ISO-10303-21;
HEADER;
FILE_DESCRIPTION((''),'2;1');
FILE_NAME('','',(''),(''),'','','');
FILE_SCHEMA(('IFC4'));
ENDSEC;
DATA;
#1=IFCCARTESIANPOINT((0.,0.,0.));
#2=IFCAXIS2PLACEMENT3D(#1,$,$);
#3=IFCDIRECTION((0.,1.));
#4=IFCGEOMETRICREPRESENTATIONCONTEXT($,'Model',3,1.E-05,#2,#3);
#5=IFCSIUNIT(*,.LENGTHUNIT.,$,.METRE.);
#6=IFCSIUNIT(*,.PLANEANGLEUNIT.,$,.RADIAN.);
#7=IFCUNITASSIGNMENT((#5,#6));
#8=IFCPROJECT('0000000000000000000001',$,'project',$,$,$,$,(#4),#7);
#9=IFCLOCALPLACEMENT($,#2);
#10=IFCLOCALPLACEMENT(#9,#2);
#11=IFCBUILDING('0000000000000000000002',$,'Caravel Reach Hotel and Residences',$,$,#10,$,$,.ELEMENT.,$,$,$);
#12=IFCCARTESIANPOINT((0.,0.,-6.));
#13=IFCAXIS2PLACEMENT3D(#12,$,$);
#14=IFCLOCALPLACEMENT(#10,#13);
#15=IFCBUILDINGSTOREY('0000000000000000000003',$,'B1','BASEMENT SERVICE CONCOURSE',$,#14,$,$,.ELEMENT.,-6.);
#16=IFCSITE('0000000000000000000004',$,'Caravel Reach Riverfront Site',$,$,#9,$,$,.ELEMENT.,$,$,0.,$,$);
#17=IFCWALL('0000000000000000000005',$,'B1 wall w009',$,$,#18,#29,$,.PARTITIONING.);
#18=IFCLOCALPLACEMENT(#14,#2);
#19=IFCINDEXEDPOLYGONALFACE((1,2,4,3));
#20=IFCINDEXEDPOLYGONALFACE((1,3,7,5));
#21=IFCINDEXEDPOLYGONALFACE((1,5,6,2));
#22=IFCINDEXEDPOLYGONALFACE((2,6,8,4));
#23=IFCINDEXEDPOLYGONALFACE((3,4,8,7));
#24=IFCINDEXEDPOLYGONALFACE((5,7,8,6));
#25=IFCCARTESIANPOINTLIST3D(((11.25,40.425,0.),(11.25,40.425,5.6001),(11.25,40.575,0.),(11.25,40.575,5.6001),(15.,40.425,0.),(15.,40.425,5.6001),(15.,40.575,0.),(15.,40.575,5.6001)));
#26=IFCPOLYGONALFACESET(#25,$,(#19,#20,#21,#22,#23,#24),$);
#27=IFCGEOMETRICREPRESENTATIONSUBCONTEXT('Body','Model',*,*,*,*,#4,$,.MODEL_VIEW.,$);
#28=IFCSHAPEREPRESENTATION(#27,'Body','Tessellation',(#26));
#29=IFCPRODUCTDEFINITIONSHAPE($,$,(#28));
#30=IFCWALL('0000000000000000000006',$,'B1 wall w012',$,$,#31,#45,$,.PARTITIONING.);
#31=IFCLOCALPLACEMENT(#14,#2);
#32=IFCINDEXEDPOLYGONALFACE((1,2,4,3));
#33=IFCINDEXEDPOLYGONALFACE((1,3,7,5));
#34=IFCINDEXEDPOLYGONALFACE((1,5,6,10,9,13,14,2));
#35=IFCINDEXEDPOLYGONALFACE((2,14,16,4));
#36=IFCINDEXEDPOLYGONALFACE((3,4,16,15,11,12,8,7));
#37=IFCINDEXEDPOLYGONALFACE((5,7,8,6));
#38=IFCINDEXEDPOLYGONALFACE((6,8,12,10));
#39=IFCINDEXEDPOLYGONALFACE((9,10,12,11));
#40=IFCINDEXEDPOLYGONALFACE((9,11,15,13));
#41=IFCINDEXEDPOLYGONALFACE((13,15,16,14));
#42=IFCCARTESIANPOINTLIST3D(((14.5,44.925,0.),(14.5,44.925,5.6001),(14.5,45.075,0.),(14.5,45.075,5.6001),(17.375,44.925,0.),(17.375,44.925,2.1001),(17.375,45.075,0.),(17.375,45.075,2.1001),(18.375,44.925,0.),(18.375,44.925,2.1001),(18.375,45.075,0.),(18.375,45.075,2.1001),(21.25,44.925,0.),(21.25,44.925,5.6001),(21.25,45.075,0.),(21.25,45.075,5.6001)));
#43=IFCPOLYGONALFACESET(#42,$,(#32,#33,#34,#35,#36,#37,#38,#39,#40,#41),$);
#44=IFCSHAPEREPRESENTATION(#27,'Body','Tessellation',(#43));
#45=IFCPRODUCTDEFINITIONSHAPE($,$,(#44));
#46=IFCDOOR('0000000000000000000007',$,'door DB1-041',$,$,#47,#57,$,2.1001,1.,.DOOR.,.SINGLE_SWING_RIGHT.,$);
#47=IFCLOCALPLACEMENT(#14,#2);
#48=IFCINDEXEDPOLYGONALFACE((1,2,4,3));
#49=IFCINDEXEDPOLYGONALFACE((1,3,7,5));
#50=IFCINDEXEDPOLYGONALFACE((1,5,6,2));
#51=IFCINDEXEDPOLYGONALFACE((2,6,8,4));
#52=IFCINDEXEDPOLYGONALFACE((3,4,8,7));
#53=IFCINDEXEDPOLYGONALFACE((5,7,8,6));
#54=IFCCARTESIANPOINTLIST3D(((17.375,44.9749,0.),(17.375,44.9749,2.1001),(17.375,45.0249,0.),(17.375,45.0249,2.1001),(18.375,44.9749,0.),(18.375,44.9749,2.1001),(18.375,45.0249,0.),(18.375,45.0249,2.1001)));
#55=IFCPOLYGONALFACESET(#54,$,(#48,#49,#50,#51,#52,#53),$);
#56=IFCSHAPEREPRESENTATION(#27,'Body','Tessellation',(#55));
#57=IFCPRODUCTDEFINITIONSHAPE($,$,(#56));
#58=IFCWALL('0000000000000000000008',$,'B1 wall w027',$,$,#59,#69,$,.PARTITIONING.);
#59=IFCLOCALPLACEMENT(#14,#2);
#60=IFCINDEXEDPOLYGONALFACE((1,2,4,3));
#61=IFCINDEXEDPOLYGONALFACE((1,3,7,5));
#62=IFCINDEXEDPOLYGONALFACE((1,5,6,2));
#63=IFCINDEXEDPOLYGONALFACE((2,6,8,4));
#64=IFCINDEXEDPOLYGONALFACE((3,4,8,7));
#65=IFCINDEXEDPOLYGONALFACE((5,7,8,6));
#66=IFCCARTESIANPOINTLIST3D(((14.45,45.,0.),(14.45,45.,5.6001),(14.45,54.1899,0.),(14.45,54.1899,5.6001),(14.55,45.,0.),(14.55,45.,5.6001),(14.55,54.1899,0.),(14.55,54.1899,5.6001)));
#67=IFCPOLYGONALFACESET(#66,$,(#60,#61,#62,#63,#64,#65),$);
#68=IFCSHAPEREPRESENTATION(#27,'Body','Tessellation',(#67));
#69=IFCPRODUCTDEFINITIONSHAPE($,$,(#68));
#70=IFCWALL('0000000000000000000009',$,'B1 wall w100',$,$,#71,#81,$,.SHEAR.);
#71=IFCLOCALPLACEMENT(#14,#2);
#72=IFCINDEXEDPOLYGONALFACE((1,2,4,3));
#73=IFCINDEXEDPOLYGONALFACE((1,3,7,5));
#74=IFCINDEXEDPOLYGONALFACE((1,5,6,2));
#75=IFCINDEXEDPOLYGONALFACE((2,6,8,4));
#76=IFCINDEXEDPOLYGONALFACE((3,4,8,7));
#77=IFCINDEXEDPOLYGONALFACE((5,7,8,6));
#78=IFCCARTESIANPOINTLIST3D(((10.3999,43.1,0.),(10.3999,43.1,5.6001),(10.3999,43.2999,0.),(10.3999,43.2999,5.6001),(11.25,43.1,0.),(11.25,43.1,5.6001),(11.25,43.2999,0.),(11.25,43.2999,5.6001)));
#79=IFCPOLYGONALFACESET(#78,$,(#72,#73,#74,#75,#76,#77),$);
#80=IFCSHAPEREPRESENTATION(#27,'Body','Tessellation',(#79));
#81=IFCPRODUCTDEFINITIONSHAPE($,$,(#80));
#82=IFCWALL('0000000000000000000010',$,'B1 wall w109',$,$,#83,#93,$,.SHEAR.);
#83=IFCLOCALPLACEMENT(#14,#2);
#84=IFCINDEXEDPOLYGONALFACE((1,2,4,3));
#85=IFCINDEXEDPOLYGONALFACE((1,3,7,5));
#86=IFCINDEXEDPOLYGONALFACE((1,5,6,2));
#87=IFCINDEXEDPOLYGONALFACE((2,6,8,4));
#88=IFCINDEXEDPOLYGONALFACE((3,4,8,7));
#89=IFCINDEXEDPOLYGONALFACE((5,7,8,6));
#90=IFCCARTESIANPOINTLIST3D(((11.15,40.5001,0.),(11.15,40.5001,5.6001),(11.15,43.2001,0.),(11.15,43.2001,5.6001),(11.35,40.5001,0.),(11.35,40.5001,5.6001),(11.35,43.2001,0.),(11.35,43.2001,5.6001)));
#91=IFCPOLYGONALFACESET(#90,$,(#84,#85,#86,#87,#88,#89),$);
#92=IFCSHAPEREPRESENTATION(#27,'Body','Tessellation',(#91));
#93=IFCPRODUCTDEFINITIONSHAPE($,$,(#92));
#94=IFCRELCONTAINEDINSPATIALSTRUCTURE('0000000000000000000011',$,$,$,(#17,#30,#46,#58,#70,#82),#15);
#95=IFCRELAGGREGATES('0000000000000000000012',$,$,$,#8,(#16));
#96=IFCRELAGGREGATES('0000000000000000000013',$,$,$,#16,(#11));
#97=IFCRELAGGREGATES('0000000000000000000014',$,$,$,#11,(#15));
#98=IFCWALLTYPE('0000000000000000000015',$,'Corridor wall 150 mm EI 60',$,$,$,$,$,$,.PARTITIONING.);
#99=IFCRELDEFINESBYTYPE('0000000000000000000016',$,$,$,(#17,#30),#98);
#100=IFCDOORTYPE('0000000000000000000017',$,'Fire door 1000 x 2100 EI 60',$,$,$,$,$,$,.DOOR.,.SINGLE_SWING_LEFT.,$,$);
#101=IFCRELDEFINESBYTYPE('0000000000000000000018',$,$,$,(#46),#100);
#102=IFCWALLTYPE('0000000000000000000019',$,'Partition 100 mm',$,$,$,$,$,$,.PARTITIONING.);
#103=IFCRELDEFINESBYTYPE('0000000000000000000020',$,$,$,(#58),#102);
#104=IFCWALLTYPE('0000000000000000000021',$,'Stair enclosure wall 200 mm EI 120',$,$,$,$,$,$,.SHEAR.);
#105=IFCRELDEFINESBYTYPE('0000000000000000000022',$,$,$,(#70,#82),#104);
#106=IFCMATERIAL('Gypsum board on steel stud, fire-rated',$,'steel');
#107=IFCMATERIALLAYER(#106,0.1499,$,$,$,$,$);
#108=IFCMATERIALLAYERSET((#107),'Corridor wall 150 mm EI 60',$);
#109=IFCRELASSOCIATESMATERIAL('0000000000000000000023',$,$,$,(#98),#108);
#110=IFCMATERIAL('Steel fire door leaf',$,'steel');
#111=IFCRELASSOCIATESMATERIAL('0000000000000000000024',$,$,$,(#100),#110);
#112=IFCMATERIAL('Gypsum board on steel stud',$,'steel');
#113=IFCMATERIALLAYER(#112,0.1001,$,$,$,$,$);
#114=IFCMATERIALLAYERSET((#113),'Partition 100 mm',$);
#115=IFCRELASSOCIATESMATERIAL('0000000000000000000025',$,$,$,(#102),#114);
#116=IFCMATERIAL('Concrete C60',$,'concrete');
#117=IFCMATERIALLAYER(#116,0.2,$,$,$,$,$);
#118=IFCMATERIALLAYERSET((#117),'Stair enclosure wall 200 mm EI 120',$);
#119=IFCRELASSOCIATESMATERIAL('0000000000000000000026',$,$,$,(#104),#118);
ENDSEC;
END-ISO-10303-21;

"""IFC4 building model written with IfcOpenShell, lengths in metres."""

from ifc_helpers import new_model, si_unit, direction, frame, frame_2d, origin, place, context, subcontext, project, spatial, rectangle, extrude, material, layer, layer_set, type_object, element, fill, save


model = new_model("IFC4")

# Units and contexts
model_context = context("Model", 3, precision=1e-05, world=origin(), true_north=direction((0.0, 1.0)))
body_context = subcontext(model_context, "Body", "Model", "MODEL_VIEW")
ifc_project = project(units=[si_unit("LENGTHUNIT", "METRE"), si_unit("PLANEANGLEUNIT", "RADIAN")], contexts=[model_context])

# Site, building, storey
site_placement = place(None, origin())
site = spatial("IfcSite", under=ifc_project, at=site_placement, Name="Caravel Reach Riverfront Site", CompositionType="ELEMENT", RefElevation=0.0)
building_placement = place(site_placement, origin())
building = spatial("IfcBuilding", under=site, at=building_placement, Name="Caravel Reach Hotel and Residences", CompositionType="ELEMENT")
storey_placement = place(building_placement, frame((0.0, 0.0, -6.0)))
storey = spatial("IfcBuildingStorey", under=building, at=storey_placement, Name="B1", Description="BASEMENT SERVICE CONCOURSE", CompositionType="ELEMENT", Elevation=-6.0)

# Wall
ifc_material_1 = material(Name="Gypsum board on steel stud, fire-rated", Category="steel")
ifc_layer_1 = layer(ifc_material_1, 0.1499)
ifc_layer_set_1 = layer_set([ifc_layer_1], Name="Corridor wall 150 mm EI 60")
wall_type_1 = type_object("IfcWallType", Name="Corridor wall 150 mm EI 60", PredefinedType="PARTITIONING", material=ifc_layer_set_1)
wall_1_placement = place(storey_placement, frame((11.25, 40.5, 0.0), z_axis=(0.0, 0.0, 1.0), x_axis=(1.0, 0.0, 0.0)))
element("IfcWall", 1, at=wall_1_placement, inside=storey, type_object=wall_type_1, Name="B1 wall w009", PredefinedType="PARTITIONING", context=body_context, shape_type="SweptSolid", body=[
    extrude(rectangle(XDim=3.75, YDim=0.1499, at=frame_2d((1.875, 0.0))), origin(), (0.0, 0.0, 1.0), 5.6001),
])

# Wall, opening, door
wall_2_placement = place(storey_placement, frame((14.5, 45.0, 0.0), z_axis=(0.0, 0.0, 1.0), x_axis=(1.0, 0.0, 0.0)))
wall_2 = element("IfcWall", 2, at=wall_2_placement, inside=storey, type_object=wall_type_1, Name="B1 wall w012", PredefinedType="PARTITIONING", context=body_context, shape_type="SweptSolid", body=[
    extrude(rectangle(XDim=6.75, YDim=0.1499, at=frame_2d((3.375, 0.0))), origin(), (0.0, 0.0, 1.0), 5.6001),
])
opening_1_placement = place(wall_2_placement, frame((2.875, 0.0, 0.0)))
opening_1 = element("IfcOpeningElement", 3, at=opening_1_placement, cuts=wall_2, PredefinedType="OPENING", context=body_context, shape_type="SweptSolid", body=[
    extrude(rectangle(XDim=1.0, YDim=2.1001, at=frame_2d((0.5, 1.05))), frame((0.0, 0.085, 0.0), z_axis=(0.0, -1.0, 0.0), x_axis=(1.0, 0.0, 0.0)), (0.0, 0.0, 1.0), 0.1699),
])
ifc_material_2 = material(Name="Steel fire door leaf", Category="steel")
door_type_1 = type_object("IfcDoorType", Name="Fire door 1000 x 2100 EI 60", OperationType="SINGLE_SWING_LEFT", PredefinedType="DOOR", material=ifc_material_2)
door_1_placement = place(opening_1_placement, origin())
door_1 = element("IfcDoor", 4, at=door_1_placement, inside=storey, type_object=door_type_1, Name="door DB1-041", OperationType="SINGLE_SWING_RIGHT", OverallHeight=2.1001, OverallWidth=1.0, PredefinedType="DOOR", context=body_context, shape_type="SweptSolid", body=[
    extrude(rectangle(XDim=1.0, YDim=2.1001, at=frame_2d((0.5, 1.05))), frame((0.0, 0.0249, 0.0), z_axis=(0.0, -1.0, 0.0), x_axis=(1.0, 0.0, 0.0)), (0.0, 0.0, 1.0), 0.05),
])
fill(opening_1, door_1)

# Walls
ifc_material_3 = material(Name="Gypsum board on steel stud", Category="steel")
ifc_layer_2 = layer(ifc_material_3, 0.1001)
ifc_layer_set_2 = layer_set([ifc_layer_2], Name="Partition 100 mm")
wall_type_2 = type_object("IfcWallType", Name="Partition 100 mm", PredefinedType="PARTITIONING", material=ifc_layer_set_2)
wall_3_placement = place(storey_placement, frame((14.5, 45.0, 0.0), z_axis=(0.0, 0.0, 1.0), x_axis=(0.0, 1.0, 0.0)))
element("IfcWall", 5, at=wall_3_placement, inside=storey, type_object=wall_type_2, Name="B1 wall w027", PredefinedType="PARTITIONING", context=body_context, shape_type="SweptSolid", body=[
    extrude(rectangle(XDim=9.1899, YDim=0.1001, at=frame_2d((4.595, 0.0))), origin(), (0.0, 0.0, 1.0), 5.6001),
])
ifc_material_4 = material(Name="Concrete C60", Category="concrete")
ifc_layer_3 = layer(ifc_material_4, 0.2)
ifc_layer_set_3 = layer_set([ifc_layer_3], Name="Stair enclosure wall 200 mm EI 120")
wall_type_3 = type_object("IfcWallType", Name="Stair enclosure wall 200 mm EI 120", PredefinedType="SHEAR", material=ifc_layer_set_3)
wall_4_placement = place(storey_placement, frame((10.3999, 43.2, 0.0), z_axis=(0.0, 0.0, 1.0), x_axis=(1.0, 0.0, 0.0)))
element("IfcWall", 6, at=wall_4_placement, inside=storey, type_object=wall_type_3, Name="B1 wall w100", PredefinedType="SHEAR", context=body_context, shape_type="SweptSolid", body=[
    extrude(rectangle(XDim=0.8501, YDim=0.2, at=frame_2d((0.425, 0.0))), origin(), (0.0, 0.0, 1.0), 5.6001),
])
wall_5_placement = place(storey_placement, frame((11.25, 40.5, 0.0), z_axis=(0.0, 0.0, 1.0), x_axis=(0.0, 1.0, 0.0)))
element("IfcWall", 7, at=wall_5_placement, inside=storey, type_object=wall_type_3, Name="B1 wall w109", PredefinedType="SHEAR", context=body_context, shape_type="SweptSolid", body=[
    extrude(rectangle(XDim=2.7, YDim=0.2, at=frame_2d((1.3501, 0.0))), origin(), (0.0, 0.0, 1.0), 5.6001),
])

save(model, "model.ifc")
